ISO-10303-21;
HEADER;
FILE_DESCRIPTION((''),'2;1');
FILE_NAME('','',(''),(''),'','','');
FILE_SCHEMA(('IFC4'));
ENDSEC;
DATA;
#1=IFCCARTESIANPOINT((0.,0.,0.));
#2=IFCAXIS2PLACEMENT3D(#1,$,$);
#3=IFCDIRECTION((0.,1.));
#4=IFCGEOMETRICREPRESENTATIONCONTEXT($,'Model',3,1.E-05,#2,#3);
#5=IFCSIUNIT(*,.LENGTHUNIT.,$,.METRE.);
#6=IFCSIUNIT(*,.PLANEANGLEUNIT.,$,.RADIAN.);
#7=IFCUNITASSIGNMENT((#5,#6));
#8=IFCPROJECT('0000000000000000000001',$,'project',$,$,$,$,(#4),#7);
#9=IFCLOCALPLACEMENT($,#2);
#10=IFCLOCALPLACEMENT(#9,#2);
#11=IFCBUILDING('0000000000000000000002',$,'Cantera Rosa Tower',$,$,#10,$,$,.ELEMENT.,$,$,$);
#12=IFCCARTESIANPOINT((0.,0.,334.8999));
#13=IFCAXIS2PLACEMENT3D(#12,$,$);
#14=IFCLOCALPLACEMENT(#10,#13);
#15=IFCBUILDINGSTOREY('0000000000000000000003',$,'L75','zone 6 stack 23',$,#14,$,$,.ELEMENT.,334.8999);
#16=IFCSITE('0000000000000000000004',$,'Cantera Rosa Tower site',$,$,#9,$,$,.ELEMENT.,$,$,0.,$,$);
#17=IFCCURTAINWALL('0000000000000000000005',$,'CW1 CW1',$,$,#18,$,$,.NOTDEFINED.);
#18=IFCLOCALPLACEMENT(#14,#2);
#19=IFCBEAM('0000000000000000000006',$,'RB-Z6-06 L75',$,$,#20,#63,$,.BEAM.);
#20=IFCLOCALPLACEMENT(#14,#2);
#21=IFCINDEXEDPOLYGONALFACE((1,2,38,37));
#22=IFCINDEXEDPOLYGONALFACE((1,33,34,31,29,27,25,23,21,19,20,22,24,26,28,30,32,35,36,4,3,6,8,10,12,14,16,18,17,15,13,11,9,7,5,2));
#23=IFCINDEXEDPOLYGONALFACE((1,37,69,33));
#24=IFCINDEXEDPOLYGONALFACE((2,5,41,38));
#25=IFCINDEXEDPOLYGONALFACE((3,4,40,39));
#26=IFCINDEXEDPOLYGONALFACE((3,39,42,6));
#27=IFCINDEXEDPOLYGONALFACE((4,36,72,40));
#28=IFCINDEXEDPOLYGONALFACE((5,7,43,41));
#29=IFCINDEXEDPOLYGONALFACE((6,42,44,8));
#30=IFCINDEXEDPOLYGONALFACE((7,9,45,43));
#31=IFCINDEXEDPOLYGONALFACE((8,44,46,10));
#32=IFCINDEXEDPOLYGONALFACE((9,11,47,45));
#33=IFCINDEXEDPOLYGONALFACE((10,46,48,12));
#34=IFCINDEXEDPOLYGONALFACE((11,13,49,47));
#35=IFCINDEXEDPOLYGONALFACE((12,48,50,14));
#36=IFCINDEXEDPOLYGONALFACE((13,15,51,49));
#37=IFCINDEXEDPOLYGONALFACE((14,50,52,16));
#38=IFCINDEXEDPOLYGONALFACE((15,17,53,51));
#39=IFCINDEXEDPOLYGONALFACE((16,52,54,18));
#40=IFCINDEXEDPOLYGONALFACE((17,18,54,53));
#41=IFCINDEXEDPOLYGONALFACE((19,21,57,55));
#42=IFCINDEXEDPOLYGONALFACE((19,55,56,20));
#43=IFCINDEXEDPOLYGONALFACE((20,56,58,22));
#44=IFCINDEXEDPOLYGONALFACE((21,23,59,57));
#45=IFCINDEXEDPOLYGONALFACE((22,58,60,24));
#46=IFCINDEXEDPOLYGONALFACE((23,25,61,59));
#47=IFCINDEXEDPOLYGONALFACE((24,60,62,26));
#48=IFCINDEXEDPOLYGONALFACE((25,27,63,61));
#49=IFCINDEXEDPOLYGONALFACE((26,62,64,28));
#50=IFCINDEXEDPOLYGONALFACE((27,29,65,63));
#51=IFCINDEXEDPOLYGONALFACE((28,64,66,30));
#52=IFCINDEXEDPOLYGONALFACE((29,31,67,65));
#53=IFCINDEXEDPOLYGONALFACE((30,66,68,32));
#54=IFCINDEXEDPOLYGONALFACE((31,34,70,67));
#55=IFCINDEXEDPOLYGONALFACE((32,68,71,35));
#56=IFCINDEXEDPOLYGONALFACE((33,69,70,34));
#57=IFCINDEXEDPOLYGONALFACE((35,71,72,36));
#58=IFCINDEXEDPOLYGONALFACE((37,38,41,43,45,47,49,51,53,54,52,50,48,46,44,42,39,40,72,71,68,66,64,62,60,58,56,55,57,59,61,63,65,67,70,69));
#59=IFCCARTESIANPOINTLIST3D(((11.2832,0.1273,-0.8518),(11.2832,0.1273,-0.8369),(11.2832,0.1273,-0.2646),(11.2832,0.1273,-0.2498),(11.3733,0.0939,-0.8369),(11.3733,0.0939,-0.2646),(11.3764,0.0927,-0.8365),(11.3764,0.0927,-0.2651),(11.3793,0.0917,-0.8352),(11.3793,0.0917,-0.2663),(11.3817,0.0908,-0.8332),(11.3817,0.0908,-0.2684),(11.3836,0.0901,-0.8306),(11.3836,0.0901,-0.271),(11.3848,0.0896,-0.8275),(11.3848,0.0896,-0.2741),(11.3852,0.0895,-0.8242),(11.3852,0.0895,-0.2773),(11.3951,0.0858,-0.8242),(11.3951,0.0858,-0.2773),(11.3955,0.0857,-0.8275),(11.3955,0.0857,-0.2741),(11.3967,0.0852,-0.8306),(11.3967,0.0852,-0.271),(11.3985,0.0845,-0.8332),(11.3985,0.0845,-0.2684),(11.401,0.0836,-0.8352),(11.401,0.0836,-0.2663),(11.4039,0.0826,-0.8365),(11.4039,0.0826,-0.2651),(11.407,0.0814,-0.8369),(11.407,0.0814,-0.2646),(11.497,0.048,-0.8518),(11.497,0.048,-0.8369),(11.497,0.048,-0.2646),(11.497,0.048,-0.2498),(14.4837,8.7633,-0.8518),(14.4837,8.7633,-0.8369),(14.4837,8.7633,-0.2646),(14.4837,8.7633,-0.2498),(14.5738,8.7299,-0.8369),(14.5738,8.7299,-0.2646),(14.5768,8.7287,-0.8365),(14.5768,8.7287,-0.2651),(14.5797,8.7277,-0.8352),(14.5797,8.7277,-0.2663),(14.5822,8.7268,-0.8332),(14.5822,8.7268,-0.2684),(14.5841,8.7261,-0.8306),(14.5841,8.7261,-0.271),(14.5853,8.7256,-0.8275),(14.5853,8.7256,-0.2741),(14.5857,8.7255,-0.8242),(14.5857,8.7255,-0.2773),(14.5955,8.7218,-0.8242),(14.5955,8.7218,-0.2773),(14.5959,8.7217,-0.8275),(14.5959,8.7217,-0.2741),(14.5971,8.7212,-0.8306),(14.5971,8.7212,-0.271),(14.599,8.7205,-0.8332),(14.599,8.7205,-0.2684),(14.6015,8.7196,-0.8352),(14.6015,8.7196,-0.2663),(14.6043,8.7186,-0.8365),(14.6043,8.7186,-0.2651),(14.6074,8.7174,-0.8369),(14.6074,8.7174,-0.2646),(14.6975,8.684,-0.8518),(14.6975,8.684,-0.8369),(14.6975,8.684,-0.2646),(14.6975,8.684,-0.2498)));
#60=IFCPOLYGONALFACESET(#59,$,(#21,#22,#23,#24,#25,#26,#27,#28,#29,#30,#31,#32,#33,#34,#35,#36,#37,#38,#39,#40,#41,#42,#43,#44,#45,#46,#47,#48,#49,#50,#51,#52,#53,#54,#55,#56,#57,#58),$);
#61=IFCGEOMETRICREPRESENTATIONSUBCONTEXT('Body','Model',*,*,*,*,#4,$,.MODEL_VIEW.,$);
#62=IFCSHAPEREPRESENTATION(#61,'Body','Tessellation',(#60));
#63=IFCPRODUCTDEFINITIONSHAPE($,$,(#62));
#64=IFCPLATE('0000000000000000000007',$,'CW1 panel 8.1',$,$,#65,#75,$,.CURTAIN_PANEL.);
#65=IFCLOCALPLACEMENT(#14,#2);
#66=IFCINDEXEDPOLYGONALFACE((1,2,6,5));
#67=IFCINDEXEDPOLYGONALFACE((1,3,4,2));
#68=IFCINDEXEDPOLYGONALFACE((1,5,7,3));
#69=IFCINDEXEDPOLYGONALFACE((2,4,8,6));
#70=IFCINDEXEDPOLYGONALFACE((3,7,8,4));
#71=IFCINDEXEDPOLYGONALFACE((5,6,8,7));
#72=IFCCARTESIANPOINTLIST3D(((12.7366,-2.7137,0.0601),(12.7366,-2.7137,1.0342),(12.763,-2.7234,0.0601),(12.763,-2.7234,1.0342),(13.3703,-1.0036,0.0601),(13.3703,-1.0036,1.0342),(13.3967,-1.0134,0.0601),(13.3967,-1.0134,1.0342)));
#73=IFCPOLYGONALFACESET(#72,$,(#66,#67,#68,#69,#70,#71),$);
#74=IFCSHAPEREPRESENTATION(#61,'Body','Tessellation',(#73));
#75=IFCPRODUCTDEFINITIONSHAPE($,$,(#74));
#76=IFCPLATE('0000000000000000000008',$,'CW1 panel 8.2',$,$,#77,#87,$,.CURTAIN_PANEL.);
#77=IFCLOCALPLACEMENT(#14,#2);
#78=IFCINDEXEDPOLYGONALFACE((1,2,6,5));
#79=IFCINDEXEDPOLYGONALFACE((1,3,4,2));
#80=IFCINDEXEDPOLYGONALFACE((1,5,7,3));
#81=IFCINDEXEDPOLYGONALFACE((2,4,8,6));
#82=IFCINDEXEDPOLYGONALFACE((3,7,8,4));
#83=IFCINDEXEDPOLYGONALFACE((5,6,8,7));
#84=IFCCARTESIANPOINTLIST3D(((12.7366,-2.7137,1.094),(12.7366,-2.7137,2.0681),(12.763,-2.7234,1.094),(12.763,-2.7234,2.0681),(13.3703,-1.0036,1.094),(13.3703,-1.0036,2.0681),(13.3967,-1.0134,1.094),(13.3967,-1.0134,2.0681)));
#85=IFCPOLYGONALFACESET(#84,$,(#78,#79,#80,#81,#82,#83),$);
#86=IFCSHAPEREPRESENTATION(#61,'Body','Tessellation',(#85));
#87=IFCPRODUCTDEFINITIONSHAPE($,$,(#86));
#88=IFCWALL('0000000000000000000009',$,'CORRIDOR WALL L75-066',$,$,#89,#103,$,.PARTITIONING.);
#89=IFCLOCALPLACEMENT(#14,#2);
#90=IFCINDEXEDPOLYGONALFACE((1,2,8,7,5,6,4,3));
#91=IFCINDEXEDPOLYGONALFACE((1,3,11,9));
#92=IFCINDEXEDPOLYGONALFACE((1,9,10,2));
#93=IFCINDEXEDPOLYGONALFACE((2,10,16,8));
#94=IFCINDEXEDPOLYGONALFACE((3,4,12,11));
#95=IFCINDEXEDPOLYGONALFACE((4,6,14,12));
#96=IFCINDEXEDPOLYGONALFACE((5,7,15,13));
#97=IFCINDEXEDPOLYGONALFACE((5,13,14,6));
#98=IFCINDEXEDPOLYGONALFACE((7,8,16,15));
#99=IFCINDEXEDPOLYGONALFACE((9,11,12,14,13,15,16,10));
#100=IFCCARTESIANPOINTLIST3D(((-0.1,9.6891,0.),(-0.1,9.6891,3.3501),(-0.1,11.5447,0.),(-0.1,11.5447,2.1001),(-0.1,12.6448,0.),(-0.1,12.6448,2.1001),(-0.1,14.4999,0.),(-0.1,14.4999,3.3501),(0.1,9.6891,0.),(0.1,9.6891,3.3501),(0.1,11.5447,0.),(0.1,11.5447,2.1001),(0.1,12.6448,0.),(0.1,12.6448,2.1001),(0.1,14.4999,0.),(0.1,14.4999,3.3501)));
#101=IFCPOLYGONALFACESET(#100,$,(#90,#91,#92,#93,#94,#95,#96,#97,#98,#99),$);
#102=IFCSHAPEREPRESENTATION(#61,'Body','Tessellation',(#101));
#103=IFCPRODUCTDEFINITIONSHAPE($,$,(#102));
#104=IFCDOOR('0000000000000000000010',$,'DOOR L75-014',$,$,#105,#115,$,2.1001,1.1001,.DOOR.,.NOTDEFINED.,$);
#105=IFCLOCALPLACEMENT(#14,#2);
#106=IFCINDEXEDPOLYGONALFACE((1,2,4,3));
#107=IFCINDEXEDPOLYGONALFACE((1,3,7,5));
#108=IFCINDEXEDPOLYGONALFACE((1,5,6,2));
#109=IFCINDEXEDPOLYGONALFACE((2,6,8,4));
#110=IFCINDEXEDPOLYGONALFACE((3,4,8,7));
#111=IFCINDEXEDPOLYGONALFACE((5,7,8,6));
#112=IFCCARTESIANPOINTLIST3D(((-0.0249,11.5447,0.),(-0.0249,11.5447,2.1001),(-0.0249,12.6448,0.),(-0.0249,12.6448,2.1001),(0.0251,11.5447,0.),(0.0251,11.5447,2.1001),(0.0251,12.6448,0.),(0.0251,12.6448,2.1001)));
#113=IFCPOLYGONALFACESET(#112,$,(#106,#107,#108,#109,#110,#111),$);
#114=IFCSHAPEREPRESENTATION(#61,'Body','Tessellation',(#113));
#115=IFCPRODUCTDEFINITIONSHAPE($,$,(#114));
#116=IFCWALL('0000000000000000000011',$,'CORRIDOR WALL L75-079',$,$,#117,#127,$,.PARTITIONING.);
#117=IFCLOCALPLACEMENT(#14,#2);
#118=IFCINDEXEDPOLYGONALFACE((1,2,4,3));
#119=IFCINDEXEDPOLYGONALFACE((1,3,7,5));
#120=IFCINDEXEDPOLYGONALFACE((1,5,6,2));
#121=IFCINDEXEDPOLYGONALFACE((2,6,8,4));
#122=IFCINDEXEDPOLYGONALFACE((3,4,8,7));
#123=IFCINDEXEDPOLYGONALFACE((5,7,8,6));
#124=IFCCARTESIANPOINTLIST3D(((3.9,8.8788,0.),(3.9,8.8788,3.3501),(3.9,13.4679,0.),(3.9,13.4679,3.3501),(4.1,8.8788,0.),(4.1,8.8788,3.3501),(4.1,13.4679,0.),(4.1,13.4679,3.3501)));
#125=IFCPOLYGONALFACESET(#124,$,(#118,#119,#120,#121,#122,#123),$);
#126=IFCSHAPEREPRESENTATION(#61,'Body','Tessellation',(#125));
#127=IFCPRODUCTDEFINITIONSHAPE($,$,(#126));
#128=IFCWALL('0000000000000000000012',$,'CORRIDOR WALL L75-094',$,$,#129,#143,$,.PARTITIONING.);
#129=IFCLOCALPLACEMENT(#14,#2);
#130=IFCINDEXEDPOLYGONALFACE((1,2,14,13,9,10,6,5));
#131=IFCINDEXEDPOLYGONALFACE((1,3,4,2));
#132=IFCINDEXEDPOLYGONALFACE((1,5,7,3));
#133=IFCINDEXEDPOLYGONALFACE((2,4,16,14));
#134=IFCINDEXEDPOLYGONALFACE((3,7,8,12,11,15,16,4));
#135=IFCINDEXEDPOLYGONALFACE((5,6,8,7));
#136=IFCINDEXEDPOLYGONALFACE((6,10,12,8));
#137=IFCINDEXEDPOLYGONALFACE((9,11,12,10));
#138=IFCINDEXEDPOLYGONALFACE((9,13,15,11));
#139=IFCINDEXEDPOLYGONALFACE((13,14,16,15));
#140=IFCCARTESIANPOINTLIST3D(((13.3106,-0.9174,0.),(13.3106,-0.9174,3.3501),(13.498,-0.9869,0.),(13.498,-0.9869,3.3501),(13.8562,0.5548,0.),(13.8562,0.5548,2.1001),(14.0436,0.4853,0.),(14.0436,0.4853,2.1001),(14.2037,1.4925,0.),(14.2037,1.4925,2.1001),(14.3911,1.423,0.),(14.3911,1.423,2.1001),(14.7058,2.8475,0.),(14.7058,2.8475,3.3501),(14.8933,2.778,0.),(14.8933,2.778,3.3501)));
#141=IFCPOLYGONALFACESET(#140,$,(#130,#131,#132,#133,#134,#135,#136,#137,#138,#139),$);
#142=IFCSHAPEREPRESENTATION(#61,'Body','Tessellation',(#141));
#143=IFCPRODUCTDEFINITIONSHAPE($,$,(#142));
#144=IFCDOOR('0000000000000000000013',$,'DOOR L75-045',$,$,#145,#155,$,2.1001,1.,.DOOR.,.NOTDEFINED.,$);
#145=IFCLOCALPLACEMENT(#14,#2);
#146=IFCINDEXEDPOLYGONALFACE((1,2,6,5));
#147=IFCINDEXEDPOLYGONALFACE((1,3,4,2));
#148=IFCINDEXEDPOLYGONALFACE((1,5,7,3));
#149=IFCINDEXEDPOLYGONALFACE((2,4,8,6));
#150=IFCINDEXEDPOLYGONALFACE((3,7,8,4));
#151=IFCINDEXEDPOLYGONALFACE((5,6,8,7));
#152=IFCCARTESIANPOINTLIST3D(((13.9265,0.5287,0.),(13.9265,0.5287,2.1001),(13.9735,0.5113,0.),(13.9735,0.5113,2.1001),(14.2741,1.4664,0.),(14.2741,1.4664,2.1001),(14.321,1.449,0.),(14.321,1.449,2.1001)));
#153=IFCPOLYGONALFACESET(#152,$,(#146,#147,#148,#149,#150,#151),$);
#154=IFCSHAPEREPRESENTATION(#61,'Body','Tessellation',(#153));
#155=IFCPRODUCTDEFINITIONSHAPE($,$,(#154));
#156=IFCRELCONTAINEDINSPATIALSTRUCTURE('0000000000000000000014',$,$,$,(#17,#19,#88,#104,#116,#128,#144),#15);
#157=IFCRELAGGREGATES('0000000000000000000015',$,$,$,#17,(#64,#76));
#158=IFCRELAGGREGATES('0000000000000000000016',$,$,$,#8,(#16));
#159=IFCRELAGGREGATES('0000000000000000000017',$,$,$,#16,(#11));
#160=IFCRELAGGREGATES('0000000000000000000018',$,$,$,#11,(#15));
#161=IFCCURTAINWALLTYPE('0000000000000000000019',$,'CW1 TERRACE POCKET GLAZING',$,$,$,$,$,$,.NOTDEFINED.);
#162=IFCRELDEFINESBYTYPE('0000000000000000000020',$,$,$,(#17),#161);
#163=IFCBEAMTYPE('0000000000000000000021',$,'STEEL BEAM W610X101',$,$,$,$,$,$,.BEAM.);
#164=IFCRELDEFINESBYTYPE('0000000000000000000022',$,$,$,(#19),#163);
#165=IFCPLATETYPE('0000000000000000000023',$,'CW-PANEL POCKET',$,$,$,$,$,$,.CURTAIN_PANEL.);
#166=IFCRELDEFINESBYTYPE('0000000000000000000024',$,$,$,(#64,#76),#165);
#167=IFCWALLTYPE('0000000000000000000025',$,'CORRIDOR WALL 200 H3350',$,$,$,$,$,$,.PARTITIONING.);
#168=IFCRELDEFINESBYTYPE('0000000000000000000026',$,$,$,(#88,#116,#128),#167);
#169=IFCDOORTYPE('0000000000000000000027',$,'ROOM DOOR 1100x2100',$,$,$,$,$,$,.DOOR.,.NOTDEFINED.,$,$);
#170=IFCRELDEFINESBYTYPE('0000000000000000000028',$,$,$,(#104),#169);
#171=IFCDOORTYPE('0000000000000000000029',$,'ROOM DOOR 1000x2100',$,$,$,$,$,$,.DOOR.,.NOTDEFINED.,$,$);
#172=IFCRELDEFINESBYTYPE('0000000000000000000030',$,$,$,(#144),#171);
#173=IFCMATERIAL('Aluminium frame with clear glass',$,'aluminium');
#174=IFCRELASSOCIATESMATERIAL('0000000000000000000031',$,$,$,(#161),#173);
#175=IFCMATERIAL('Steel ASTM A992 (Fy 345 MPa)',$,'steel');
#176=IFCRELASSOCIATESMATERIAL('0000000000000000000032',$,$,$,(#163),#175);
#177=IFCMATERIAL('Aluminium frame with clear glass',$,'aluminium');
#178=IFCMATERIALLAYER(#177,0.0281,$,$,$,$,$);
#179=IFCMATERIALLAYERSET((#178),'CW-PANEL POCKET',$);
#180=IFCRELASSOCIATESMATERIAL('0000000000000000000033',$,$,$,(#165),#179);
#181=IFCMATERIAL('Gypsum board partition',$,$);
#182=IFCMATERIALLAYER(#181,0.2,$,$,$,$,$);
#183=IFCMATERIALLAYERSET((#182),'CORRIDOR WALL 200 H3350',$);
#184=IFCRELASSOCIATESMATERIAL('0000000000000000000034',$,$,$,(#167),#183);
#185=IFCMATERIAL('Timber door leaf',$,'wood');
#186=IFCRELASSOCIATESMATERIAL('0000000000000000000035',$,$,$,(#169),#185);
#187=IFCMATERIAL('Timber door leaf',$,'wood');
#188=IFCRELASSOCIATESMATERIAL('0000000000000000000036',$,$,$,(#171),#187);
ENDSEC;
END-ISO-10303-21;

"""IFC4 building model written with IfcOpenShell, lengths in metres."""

from ifc_helpers import new_model, si_unit, direction, frame, frame_2d, origin, origin_2d, place, context, subcontext, project, spatial, rectangle, i_section, extrude, material, layer, layer_set, material_profile, profile_set, type_object, element, fill, aggregate, save


model = new_model("IFC4")

# Units and contexts
model_context = context("Model", 3, precision=1e-05, world=origin(), true_north=direction((0.0, 1.0)))
body_context = subcontext(model_context, "Body", "Model", "MODEL_VIEW")
ifc_project = project(units=[si_unit("LENGTHUNIT", "METRE"), si_unit("PLANEANGLEUNIT", "RADIAN")], contexts=[model_context])

# Site, building, storey
site_placement = place(None, origin())
site = spatial("IfcSite", under=ifc_project, at=site_placement, Name="Cantera Rosa Tower site", CompositionType="ELEMENT", RefElevation=0.0)
building_placement = place(site_placement, origin())
building = spatial("IfcBuilding", under=site, at=building_placement, Name="Cantera Rosa Tower", CompositionType="ELEMENT")
storey_placement = place(building_placement, frame((0.0, 0.0, 334.8999)))
storey = spatial("IfcBuildingStorey", under=building, at=storey_placement, Name="L75", Description="zone 6 stack 23", CompositionType="ELEMENT", Elevation=334.8999)

# Curtain wall
ifc_material_1 = material(Name="Aluminium frame with clear glass", Category="aluminium")
curtain_wall_type = type_object("IfcCurtainWallType", Name="CW1 TERRACE POCKET GLAZING", PredefinedType="NOTDEFINED", material=ifc_material_1)
curtain_wall_placement = place(storey_placement, origin())
curtain_wall = element("IfcCurtainWall", 1, at=curtain_wall_placement, inside=storey, type_object=curtain_wall_type, Name="CW1 CW1", PredefinedType="NOTDEFINED")

# Beam
ifc_material_2 = material(Name="Steel ASTM A992 (Fy 345 MPa)", Category="steel")
ifc_material_profile_1 = material_profile(ifc_material_2, i_section(OverallWidth=0.228, OverallDepth=0.6021, WebThickness=0.0105, FlangeThickness=0.0149, FilletRadius=0.0127, at=origin_2d()), Name="W610X101")
ifc_profile_set_1 = profile_set([ifc_material_profile_1], Name="Steel ASTM A992 (Fy 345 MPa)")
beam_type_1 = type_object("IfcBeamType", Name="STEEL BEAM W610X101", PredefinedType="BEAM", material=ifc_profile_set_1)
beam_1_placement = place(storey_placement, frame((11.3901, 0.0876, -0.5508), z_axis=(0.347498, 0.937681, 0.0), x_axis=(-0.937681, 0.347498, 0.0)))
element("IfcBeam", 2, at=beam_1_placement, inside=storey, type_object=beam_type_1, Name="RB-Z6-06 L75", PredefinedType="BEAM", context=body_context, shape_type="SweptSolid", body=[
    extrude(i_section(OverallWidth=0.228, OverallDepth=0.6021, WebThickness=0.0105, FlangeThickness=0.0149, FilletRadius=0.0127, at=origin_2d()), origin(), (0.0, 0.0, 1.0), 9.21),
])

# Plates
ifc_material_3 = material(Name="Aluminium frame with clear glass", Category="aluminium")
ifc_layer_1 = layer(ifc_material_3, 0.0281)
ifc_layer_set_1 = layer_set([ifc_layer_1], Name="CW-PANEL POCKET")
plate_type = type_object("IfcPlateType", Name="CW-PANEL POCKET", PredefinedType="CURTAIN_PANEL", material=ifc_layer_set_1)
plate_1_placement = place(storey_placement, frame((13.0667, -1.8635, 0.0601), z_axis=(0.0, 0.0, 1.0), x_axis=(0.347481, 0.937687, 0.0)))
plate_1 = element("IfcPlate", 3, at=plate_1_placement, type_object=plate_type, Name="CW1 panel 8.1", PredefinedType="CURTAIN_PANEL", context=body_context, shape_type="SweptSolid", body=[
    extrude(rectangle(XDim=1.8237, YDim=0.0281, at=origin_2d()), origin(), (0.0, 0.0, 1.0), 0.9741),
])
plate_2_placement = place(storey_placement, frame((13.0667, -1.8635, 1.094), z_axis=(0.0, 0.0, 1.0), x_axis=(0.347481, 0.937687, 0.0)))
plate_2 = element("IfcPlate", 4, at=plate_2_placement, type_object=plate_type, Name="CW1 panel 8.2", PredefinedType="CURTAIN_PANEL", context=body_context, shape_type="SweptSolid", body=[
    extrude(rectangle(XDim=1.8237, YDim=0.0281, at=origin_2d()), origin(), (0.0, 0.0, 1.0), 0.9741),
])
aggregate(curtain_wall, [plate_1, plate_2])

# Wall, opening, door
ifc_material_4 = material(Name="Gypsum board partition")
ifc_layer_2 = layer(ifc_material_4, 0.2)
ifc_layer_set_2 = layer_set([ifc_layer_2], Name="CORRIDOR WALL 200 H3350")
wall_type_1 = type_object("IfcWallType", Name="CORRIDOR WALL 200 H3350", PredefinedType="PARTITIONING", material=ifc_layer_set_2)
wall_1_placement = place(storey_placement, frame((0.0, 9.6892, 0.0), z_axis=(0.0, 0.0, 1.0), x_axis=(0.0, 1.0, 0.0)))
wall_1 = element("IfcWall", 5, at=wall_1_placement, inside=storey, type_object=wall_type_1, Name="CORRIDOR WALL L75-066", PredefinedType="PARTITIONING", context=body_context, shape_type="SweptSolid", body=[
    extrude(rectangle(XDim=4.8108, YDim=0.2, at=frame_2d((2.4053, 0.0))), origin(), (0.0, 0.0, 1.0), 3.3501),
])
opening_1_placement = place(wall_1_placement, frame((1.8555, 0.0, 0.0)))
opening_1 = element("IfcOpeningElement", 6, at=opening_1_placement, cuts=wall_1, PredefinedType="OPENING", context=body_context, shape_type="SweptSolid", body=[
    extrude(rectangle(XDim=1.1001, YDim=2.1001, at=frame_2d((0.55, 1.05))), frame((0.0, 0.1099, 0.0), z_axis=(0.0, -1.0, 0.0), x_axis=(1.0, 0.0, 0.0)), (0.0, 0.0, 1.0), 0.22),
])
ifc_material_5 = material(Name="Timber door leaf", Category="wood")
door_type_1 = type_object("IfcDoorType", Name="ROOM DOOR 1100x2100", OperationType="NOTDEFINED", PredefinedType="DOOR", material=ifc_material_5)
door_1_placement = place(opening_1_placement, origin())
door_1 = element("IfcDoor", 7, at=door_1_placement, inside=storey, type_object=door_type_1, Name="DOOR L75-014", OperationType="NOTDEFINED", OverallHeight=2.1001, OverallWidth=1.1001, PredefinedType="DOOR", context=body_context, shape_type="SweptSolid", body=[
    extrude(rectangle(XDim=1.1001, YDim=2.1001, at=frame_2d((0.55, 1.05))), frame((0.0, 0.0249, 0.0), z_axis=(0.0, -1.0, 0.0), x_axis=(1.0, 0.0, 0.0)), (0.0, 0.0, 1.0), 0.05),
])
fill(opening_1, door_1)

# Wall
wall_2_placement = place(storey_placement, frame((4.0, 8.8789, 0.0), z_axis=(0.0, 0.0, 1.0), x_axis=(0.0, 1.0, 0.0)))
element("IfcWall", 8, at=wall_2_placement, inside=storey, type_object=wall_type_1, Name="CORRIDOR WALL L75-079", PredefinedType="PARTITIONING", context=body_context, shape_type="SweptSolid", body=[
    extrude(rectangle(XDim=4.5891, YDim=0.2, at=frame_2d((2.2944, 0.0))), origin(), (0.0, 0.0, 1.0), 3.3501),
])

# Wall, opening, door
wall_3_placement = place(storey_placement, frame((13.4043, -0.9521, 0.0), z_axis=(0.0, 0.0, 1.0), x_axis=(0.347502, 0.937679, 0.0)))
wall_3 = element("IfcWall", 9, at=wall_3_placement, inside=storey, type_object=wall_type_1, Name="CORRIDOR WALL L75-094", PredefinedType="PARTITIONING", context=body_context, shape_type="SweptSolid", body=[
    extrude(rectangle(XDim=4.0151, YDim=0.2, at=frame_2d((2.0076, 0.0))), origin(), (0.0, 0.0, 1.0), 3.3501),
])
opening_2_placement = place(wall_3_placement, frame((1.5701, 0.0, 0.0)))
opening_2 = element("IfcOpeningElement", 10, at=opening_2_placement, cuts=wall_3, PredefinedType="OPENING", context=body_context, shape_type="SweptSolid", body=[
    extrude(rectangle(XDim=1.0, YDim=2.1001, at=frame_2d((0.5, 1.05))), frame((0.0, 0.1099, 0.0), z_axis=(0.0, -1.0, 0.0), x_axis=(1.0, 0.0, 0.0)), (0.0, 0.0, 1.0), 0.22),
])
ifc_material_6 = material(Name="Timber door leaf", Category="wood")
door_type_2 = type_object("IfcDoorType", Name="ROOM DOOR 1000x2100", OperationType="NOTDEFINED", PredefinedType="DOOR", material=ifc_material_6)
door_2_placement = place(opening_2_placement, origin())
door_2 = element("IfcDoor", 11, at=door_2_placement, inside=storey, type_object=door_type_2, Name="DOOR L75-045", OperationType="NOTDEFINED", OverallHeight=2.1001, OverallWidth=1.0, PredefinedType="DOOR", context=body_context, shape_type="SweptSolid", body=[
    extrude(rectangle(XDim=1.0, YDim=2.1001, at=frame_2d((0.5, 1.05))), frame((0.0, 0.0249, 0.0), z_axis=(0.0, -1.0, 0.0), x_axis=(1.0, 0.0, 0.0)), (0.0, 0.0, 1.0), 0.05),
])
fill(opening_2, door_2)

save(model, "model.ifc")
